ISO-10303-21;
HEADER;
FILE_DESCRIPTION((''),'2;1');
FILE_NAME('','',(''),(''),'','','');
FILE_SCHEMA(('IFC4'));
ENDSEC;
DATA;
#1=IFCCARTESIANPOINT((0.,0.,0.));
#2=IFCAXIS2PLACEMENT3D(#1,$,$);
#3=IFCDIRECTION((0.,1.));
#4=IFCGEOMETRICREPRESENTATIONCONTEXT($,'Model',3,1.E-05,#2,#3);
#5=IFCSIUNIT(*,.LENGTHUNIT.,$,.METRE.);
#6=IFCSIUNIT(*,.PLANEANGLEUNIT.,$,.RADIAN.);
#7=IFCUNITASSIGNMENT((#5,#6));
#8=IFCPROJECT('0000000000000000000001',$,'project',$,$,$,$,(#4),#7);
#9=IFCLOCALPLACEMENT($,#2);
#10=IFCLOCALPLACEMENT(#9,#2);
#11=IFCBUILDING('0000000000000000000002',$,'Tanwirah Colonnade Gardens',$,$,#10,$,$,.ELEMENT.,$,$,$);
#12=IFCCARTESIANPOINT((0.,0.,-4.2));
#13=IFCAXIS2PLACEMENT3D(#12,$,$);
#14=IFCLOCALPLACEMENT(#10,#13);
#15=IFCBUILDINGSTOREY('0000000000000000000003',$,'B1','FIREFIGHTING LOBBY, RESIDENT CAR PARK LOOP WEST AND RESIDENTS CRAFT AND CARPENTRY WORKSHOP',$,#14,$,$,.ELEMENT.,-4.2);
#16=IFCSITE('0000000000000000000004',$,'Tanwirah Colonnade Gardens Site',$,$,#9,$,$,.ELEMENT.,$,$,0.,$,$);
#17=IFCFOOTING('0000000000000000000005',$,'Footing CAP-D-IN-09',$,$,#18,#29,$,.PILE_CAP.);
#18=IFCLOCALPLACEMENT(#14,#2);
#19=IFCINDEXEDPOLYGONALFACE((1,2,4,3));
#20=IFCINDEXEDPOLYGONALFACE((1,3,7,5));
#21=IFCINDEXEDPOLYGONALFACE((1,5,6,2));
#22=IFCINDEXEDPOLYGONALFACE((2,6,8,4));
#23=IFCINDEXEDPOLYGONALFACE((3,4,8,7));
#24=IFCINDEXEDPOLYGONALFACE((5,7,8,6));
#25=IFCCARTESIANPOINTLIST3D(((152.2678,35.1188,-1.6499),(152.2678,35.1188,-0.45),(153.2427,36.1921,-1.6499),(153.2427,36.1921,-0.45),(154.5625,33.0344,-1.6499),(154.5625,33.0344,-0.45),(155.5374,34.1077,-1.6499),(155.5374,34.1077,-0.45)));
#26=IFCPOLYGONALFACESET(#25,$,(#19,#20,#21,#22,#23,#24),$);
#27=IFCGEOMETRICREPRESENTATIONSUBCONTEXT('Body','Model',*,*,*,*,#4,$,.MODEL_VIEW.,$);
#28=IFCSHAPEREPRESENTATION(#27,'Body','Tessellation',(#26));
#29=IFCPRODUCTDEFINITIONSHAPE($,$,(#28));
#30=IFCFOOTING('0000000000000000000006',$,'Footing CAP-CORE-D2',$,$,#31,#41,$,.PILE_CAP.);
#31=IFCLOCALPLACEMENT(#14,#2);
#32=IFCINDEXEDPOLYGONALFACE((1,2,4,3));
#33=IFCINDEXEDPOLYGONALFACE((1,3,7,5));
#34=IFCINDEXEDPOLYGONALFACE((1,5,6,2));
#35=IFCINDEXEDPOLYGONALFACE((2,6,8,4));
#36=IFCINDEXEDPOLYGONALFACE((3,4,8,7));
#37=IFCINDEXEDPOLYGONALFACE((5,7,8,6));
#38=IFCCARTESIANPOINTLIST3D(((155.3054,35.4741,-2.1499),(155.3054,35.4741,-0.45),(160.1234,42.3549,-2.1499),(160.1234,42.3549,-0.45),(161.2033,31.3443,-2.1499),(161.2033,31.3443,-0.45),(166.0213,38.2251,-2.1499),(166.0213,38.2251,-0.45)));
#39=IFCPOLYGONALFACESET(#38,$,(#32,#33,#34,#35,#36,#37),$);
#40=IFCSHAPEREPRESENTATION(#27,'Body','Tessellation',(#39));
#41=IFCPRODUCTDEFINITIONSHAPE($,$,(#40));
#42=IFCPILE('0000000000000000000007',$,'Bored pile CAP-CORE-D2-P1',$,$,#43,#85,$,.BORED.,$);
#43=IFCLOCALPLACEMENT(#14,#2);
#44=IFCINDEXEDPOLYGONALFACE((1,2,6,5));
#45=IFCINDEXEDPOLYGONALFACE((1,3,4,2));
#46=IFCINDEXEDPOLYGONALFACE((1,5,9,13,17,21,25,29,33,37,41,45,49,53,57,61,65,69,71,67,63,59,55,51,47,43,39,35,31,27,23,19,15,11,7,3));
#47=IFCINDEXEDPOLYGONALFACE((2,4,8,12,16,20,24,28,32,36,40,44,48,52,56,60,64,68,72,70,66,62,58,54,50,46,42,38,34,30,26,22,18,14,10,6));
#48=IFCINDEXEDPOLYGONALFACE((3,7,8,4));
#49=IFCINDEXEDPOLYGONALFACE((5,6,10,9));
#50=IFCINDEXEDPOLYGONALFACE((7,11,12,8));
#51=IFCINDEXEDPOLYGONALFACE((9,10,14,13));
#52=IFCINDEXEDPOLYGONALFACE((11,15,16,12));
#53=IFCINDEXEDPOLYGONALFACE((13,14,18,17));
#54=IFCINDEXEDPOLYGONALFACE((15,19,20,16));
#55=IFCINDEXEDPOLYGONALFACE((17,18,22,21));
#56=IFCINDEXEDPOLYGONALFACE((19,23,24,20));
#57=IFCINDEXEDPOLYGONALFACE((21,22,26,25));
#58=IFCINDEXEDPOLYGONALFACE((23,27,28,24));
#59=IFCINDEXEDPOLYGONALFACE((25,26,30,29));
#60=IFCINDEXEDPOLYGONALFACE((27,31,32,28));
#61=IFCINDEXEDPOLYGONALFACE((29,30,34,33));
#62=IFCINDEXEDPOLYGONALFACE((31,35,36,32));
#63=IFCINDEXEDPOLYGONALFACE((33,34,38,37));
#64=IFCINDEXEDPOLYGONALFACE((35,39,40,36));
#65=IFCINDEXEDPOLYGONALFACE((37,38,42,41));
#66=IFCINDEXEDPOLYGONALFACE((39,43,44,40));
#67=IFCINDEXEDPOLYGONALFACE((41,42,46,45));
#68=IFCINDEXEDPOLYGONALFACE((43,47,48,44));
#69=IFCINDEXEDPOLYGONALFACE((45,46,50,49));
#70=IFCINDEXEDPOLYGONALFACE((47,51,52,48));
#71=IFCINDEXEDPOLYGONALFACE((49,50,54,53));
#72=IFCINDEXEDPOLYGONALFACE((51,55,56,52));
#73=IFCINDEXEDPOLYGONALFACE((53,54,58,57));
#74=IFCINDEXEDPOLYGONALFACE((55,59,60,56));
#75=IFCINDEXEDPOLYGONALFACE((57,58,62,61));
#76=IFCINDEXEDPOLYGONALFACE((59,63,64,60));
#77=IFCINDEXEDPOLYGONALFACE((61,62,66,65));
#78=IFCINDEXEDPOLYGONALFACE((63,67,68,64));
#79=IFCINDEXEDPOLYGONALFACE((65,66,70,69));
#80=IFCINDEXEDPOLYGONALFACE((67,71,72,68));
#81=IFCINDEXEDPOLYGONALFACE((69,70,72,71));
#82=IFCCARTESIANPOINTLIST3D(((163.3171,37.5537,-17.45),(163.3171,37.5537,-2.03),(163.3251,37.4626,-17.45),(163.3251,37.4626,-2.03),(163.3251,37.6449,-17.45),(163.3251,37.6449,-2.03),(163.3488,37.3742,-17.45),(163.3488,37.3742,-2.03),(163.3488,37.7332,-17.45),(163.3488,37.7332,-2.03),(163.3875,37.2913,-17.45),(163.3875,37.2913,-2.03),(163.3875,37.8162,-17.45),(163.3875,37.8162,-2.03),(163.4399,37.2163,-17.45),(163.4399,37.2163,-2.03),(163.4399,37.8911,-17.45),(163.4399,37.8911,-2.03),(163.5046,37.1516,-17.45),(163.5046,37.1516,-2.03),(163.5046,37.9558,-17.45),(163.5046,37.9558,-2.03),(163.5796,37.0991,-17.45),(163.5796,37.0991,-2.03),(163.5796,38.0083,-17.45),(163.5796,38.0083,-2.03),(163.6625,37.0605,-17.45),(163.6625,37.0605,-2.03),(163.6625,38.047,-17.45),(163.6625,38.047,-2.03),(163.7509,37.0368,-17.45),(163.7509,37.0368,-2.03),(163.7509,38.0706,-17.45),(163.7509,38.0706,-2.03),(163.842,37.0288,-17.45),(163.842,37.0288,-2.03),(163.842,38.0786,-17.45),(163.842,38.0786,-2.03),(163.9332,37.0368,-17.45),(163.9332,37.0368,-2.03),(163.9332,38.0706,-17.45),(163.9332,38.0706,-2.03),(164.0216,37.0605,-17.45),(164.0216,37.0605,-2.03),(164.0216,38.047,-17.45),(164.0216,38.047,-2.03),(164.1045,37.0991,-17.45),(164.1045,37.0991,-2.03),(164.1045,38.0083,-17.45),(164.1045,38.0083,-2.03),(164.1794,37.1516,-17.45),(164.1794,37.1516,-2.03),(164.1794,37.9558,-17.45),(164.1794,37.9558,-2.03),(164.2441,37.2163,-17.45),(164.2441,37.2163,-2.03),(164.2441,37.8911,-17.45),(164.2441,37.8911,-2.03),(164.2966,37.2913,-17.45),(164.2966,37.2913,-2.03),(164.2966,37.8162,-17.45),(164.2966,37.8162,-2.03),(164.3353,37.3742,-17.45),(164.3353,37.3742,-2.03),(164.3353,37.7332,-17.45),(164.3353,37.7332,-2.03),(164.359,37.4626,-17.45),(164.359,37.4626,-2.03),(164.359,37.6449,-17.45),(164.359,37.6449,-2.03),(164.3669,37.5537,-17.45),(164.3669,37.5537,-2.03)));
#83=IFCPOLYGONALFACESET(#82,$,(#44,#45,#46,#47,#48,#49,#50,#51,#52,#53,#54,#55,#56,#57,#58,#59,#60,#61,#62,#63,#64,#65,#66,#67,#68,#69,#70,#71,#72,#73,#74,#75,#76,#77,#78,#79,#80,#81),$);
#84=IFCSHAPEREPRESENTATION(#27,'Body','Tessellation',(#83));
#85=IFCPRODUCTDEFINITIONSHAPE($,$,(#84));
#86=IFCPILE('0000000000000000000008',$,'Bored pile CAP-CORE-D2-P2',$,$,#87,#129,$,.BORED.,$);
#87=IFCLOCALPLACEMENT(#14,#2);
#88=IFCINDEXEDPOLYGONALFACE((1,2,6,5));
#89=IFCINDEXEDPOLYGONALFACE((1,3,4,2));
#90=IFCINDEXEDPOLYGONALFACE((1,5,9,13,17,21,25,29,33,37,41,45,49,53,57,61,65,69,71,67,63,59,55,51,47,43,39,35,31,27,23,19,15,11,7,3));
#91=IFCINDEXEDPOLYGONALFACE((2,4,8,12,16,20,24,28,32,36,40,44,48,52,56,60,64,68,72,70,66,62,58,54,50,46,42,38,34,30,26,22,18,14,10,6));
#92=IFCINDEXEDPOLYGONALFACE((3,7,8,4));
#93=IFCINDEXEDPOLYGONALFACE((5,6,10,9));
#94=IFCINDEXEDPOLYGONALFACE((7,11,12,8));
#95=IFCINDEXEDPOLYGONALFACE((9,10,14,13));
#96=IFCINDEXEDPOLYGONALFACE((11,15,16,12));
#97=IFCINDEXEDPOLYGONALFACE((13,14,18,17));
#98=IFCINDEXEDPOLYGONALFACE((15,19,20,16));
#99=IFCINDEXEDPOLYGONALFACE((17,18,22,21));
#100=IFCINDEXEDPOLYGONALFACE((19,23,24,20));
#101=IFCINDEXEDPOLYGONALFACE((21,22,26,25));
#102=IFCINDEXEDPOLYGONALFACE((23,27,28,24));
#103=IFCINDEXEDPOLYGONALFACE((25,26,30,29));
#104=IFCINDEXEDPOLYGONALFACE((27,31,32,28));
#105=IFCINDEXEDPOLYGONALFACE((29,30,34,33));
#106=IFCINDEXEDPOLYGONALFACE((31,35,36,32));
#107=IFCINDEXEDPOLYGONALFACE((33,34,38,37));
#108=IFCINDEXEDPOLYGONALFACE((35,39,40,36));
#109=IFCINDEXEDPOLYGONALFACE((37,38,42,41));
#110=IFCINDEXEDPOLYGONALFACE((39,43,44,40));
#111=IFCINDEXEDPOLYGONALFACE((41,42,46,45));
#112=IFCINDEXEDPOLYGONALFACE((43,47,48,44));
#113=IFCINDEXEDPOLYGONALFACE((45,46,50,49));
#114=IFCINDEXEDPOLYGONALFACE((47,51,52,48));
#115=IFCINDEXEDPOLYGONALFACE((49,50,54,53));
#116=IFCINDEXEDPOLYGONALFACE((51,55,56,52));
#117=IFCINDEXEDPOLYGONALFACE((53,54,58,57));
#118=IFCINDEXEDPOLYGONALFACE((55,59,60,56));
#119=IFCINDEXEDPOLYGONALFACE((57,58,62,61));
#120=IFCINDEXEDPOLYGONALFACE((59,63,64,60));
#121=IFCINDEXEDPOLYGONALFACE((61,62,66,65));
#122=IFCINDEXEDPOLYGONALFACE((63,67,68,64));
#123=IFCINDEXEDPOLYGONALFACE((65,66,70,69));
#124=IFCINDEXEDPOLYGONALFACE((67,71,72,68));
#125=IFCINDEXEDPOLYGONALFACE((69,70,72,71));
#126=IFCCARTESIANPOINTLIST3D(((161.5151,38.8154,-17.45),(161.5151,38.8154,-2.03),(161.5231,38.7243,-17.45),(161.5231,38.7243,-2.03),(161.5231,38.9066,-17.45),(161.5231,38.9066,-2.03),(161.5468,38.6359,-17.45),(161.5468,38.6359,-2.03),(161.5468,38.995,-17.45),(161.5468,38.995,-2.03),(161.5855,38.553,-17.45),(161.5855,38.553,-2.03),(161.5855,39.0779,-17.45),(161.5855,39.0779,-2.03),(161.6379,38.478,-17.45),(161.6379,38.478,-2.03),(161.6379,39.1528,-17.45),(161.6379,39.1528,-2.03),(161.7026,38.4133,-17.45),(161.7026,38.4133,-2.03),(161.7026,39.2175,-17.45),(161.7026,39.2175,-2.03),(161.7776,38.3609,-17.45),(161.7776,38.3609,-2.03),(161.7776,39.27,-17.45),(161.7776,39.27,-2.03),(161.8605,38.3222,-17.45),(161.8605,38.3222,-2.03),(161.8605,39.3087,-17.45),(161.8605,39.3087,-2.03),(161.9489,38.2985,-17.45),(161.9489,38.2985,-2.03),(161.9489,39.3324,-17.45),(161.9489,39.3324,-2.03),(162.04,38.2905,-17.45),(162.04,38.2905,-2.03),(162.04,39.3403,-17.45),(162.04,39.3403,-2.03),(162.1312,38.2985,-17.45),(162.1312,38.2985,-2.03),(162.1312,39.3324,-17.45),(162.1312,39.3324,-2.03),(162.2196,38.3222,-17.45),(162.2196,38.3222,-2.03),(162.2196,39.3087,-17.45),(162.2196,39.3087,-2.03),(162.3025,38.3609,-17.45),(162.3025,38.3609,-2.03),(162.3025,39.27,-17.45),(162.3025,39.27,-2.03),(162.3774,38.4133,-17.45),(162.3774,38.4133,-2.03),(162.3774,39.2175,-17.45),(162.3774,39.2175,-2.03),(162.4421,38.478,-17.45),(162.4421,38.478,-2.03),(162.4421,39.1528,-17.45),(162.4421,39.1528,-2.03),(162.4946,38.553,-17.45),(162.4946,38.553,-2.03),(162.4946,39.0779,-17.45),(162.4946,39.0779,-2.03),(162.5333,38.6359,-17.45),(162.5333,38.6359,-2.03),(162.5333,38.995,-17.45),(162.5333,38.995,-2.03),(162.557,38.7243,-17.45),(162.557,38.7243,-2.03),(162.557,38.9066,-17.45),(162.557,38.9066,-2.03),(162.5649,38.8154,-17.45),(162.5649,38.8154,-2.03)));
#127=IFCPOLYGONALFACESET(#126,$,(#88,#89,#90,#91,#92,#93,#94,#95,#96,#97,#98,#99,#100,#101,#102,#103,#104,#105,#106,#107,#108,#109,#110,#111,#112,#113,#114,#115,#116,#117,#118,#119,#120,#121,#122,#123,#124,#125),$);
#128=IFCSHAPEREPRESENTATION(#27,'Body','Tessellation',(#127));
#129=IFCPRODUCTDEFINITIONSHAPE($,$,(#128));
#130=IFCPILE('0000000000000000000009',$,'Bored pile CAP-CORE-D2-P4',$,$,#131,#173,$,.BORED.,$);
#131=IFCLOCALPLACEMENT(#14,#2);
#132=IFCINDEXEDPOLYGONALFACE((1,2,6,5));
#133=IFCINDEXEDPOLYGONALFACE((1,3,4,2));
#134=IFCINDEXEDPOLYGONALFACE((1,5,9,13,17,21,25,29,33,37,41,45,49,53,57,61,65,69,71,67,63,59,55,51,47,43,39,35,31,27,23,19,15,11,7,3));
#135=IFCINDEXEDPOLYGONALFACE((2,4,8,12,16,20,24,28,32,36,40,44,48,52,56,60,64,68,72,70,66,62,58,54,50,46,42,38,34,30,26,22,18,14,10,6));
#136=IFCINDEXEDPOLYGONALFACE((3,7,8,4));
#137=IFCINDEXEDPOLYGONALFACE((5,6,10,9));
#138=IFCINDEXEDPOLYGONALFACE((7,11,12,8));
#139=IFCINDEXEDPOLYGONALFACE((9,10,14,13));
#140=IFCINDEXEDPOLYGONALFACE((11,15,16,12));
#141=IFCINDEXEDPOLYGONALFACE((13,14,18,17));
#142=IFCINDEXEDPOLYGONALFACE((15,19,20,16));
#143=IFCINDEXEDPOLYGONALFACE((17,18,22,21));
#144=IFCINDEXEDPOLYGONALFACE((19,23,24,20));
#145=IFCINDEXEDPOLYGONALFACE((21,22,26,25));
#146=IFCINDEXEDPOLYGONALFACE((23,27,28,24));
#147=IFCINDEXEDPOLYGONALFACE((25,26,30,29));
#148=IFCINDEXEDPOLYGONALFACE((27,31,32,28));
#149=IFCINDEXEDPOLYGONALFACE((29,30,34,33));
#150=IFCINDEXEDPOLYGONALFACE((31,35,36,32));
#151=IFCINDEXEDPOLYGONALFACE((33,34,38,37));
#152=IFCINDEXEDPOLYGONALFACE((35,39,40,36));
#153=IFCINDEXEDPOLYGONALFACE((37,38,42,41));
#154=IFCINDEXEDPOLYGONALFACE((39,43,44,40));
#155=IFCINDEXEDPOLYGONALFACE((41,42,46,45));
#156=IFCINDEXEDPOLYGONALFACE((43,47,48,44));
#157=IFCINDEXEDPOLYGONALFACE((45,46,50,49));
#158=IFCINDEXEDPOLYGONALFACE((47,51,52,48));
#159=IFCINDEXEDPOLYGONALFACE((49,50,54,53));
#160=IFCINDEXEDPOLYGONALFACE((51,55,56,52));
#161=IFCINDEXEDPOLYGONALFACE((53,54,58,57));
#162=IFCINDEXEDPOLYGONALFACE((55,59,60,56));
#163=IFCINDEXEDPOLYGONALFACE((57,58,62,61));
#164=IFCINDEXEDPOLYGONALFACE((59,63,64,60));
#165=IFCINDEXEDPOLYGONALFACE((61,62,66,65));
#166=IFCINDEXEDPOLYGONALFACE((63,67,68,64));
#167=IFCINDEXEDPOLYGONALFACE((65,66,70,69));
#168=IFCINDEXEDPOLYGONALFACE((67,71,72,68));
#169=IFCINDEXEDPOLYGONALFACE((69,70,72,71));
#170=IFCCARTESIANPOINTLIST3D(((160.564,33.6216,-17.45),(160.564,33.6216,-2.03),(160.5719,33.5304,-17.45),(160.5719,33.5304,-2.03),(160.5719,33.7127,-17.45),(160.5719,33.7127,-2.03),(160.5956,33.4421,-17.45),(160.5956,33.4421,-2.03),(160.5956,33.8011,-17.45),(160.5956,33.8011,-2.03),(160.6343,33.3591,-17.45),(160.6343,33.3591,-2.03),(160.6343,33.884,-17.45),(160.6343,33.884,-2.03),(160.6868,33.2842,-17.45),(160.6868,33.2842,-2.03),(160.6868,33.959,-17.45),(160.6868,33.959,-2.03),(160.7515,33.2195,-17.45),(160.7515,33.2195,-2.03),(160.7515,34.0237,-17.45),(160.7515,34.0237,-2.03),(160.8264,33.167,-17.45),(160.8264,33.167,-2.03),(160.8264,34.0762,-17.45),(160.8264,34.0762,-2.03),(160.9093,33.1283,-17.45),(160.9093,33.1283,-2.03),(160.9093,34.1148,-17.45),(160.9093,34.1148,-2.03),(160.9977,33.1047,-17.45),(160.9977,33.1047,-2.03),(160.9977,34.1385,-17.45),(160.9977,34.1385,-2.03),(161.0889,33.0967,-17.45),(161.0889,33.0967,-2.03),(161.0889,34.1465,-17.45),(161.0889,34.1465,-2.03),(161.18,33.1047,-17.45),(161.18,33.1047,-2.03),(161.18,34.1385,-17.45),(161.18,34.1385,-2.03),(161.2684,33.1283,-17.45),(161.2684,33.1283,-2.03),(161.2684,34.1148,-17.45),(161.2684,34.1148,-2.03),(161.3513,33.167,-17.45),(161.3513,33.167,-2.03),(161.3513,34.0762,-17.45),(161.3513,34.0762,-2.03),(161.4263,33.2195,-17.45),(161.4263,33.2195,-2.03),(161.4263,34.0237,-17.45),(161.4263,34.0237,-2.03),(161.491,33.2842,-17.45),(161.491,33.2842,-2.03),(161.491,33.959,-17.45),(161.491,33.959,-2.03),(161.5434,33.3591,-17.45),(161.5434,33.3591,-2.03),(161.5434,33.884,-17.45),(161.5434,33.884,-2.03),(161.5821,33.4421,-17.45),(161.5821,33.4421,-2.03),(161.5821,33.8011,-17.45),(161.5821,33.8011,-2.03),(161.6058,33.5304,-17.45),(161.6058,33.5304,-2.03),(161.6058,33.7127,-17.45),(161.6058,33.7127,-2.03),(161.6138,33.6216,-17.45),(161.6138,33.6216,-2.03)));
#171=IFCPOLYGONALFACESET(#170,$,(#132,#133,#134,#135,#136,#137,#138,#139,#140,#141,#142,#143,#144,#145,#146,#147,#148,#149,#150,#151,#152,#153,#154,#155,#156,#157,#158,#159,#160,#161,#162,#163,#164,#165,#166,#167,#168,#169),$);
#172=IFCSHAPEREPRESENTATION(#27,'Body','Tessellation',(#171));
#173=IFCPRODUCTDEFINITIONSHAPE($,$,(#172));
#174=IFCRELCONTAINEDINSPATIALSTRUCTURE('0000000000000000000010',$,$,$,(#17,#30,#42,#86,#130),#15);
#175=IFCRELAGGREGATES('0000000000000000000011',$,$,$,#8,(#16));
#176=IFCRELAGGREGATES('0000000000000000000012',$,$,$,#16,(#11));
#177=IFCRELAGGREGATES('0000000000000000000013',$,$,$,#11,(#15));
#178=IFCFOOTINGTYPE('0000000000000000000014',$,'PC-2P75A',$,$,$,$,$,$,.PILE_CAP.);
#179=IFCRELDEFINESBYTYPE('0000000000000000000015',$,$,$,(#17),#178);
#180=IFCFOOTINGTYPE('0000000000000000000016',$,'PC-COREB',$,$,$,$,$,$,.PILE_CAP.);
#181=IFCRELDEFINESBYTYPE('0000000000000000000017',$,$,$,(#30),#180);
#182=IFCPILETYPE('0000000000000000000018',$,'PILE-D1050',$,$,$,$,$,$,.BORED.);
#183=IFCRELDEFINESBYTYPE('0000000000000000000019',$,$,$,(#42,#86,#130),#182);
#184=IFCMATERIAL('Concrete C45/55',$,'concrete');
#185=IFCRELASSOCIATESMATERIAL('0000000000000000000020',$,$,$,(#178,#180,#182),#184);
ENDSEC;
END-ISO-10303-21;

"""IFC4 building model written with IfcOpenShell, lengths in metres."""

from ifc_helpers import new_model, si_unit, direction, frame, origin, origin_2d, place, context, subcontext, project, spatial, rectangle, circle, extrude, material, material_profile, profile_set, type_object, element, save


model = new_model("IFC4")

# Units and contexts
model_context = context("Model", 3, precision=1e-05, world=origin(), true_north=direction((0.0, 1.0)))
body_context = subcontext(model_context, "Body", "Model", "MODEL_VIEW")
ifc_project = project(units=[si_unit("LENGTHUNIT", "METRE"), si_unit("PLANEANGLEUNIT", "RADIAN")], contexts=[model_context])

# Site, building, storey
site_placement = place(None, origin())
site = spatial("IfcSite", under=ifc_project, at=site_placement, Name="Tanwirah Colonnade Gardens Site", CompositionType="ELEMENT", RefElevation=0.0)
building_placement = place(site_placement, origin())
building = spatial("IfcBuilding", under=site, at=building_placement, Name="Tanwirah Colonnade Gardens", CompositionType="ELEMENT")
storey_placement = place(building_placement, frame((0.0, 0.0, -4.2)))
storey = spatial("IfcBuildingStorey", under=building, at=storey_placement, Name="B1", Description="FIREFIGHTING LOBBY, RESIDENT CAR PARK LOOP WEST AND RESIDENTS CRAFT AND CARPENTRY WORKSHOP", CompositionType="ELEMENT", Elevation=-4.2)

# Footings
ifc_material_1 = material(Name="Concrete C45/55", Category="concrete")
footing_type_1 = type_object("IfcFootingType", Name="PC-2P75A", PredefinedType="PILE_CAP", material=ifc_material_1)
footing_1_placement = place(storey_placement, frame((153.9026, 34.6133, -1.6499), z_axis=(0.0, 0.0, 1.0), x_axis=(0.740218, -0.672367, 0.0)))
element("IfcFooting", 1, at=footing_1_placement, inside=storey, type_object=footing_type_1, Name="Footing CAP-D-IN-09", PredefinedType="PILE_CAP", context=body_context, shape_type="SweptSolid", body=[
    extrude(rectangle(XDim=3.1001, YDim=1.45, at=origin_2d()), origin(), (0.0, 0.0, 1.0), 1.2),
])
footing_type_2 = type_object("IfcFootingType", Name="PC-COREB", PredefinedType="PILE_CAP", material=ifc_material_1)
footing_2_placement = place(storey_placement, frame((160.6633, 36.8496, -2.1499), z_axis=(0.0, 0.0, 1.0), x_axis=(-0.819152, 0.573576, 0.0)))
element("IfcFooting", 2, at=footing_2_placement, inside=storey, type_object=footing_type_2, Name="Footing CAP-CORE-D2", PredefinedType="PILE_CAP", context=body_context, shape_type="SweptSolid", body=[
    extrude(rectangle(XDim=7.2, YDim=8.3999, at=origin_2d()), origin(), (0.0, 0.0, 1.0), 1.7),
])

# Piles
ifc_material_profile_1 = material_profile(ifc_material_1, circle(Radius=0.5249, at=origin_2d()), Name="PILE D1050")
ifc_profile_set_1 = profile_set([ifc_material_profile_1], Name="Concrete C45/55")
pile_type_1 = type_object("IfcPileType", Name="PILE-D1050", PredefinedType="BORED", material=ifc_profile_set_1)
for number, where, z_axis, x_axis, name in (
    (3, (163.842, 37.5537, -2.03), (0.0, 0.0, -1.0), (1.0, 0.0, 0.0), "Bored pile CAP-CORE-D2-P1"),
    (4, (162.04, 38.8154, -2.03), (0.0, 0.0, -1.0), (1.0, 0.0, 0.0), "Bored pile CAP-CORE-D2-P2"),
    (5, (161.0889, 33.6216, -2.03), (0.0, 0.0, -1.0), (1.0, 0.0, 0.0), "Bored pile CAP-CORE-D2-P4"),
):
    element("IfcPile", number, at=place(storey_placement, frame(where, z_axis=z_axis, x_axis=x_axis)), inside=storey, type_object=pile_type_1, Name=name, PredefinedType="BORED", context=body_context, shape_type="SweptSolid", body=[
        extrude(circle(Radius=0.5249, at=origin_2d()), origin(), (0.0, 0.0, 1.0), 15.4199),
    ])

save(model, "model.ifc")
